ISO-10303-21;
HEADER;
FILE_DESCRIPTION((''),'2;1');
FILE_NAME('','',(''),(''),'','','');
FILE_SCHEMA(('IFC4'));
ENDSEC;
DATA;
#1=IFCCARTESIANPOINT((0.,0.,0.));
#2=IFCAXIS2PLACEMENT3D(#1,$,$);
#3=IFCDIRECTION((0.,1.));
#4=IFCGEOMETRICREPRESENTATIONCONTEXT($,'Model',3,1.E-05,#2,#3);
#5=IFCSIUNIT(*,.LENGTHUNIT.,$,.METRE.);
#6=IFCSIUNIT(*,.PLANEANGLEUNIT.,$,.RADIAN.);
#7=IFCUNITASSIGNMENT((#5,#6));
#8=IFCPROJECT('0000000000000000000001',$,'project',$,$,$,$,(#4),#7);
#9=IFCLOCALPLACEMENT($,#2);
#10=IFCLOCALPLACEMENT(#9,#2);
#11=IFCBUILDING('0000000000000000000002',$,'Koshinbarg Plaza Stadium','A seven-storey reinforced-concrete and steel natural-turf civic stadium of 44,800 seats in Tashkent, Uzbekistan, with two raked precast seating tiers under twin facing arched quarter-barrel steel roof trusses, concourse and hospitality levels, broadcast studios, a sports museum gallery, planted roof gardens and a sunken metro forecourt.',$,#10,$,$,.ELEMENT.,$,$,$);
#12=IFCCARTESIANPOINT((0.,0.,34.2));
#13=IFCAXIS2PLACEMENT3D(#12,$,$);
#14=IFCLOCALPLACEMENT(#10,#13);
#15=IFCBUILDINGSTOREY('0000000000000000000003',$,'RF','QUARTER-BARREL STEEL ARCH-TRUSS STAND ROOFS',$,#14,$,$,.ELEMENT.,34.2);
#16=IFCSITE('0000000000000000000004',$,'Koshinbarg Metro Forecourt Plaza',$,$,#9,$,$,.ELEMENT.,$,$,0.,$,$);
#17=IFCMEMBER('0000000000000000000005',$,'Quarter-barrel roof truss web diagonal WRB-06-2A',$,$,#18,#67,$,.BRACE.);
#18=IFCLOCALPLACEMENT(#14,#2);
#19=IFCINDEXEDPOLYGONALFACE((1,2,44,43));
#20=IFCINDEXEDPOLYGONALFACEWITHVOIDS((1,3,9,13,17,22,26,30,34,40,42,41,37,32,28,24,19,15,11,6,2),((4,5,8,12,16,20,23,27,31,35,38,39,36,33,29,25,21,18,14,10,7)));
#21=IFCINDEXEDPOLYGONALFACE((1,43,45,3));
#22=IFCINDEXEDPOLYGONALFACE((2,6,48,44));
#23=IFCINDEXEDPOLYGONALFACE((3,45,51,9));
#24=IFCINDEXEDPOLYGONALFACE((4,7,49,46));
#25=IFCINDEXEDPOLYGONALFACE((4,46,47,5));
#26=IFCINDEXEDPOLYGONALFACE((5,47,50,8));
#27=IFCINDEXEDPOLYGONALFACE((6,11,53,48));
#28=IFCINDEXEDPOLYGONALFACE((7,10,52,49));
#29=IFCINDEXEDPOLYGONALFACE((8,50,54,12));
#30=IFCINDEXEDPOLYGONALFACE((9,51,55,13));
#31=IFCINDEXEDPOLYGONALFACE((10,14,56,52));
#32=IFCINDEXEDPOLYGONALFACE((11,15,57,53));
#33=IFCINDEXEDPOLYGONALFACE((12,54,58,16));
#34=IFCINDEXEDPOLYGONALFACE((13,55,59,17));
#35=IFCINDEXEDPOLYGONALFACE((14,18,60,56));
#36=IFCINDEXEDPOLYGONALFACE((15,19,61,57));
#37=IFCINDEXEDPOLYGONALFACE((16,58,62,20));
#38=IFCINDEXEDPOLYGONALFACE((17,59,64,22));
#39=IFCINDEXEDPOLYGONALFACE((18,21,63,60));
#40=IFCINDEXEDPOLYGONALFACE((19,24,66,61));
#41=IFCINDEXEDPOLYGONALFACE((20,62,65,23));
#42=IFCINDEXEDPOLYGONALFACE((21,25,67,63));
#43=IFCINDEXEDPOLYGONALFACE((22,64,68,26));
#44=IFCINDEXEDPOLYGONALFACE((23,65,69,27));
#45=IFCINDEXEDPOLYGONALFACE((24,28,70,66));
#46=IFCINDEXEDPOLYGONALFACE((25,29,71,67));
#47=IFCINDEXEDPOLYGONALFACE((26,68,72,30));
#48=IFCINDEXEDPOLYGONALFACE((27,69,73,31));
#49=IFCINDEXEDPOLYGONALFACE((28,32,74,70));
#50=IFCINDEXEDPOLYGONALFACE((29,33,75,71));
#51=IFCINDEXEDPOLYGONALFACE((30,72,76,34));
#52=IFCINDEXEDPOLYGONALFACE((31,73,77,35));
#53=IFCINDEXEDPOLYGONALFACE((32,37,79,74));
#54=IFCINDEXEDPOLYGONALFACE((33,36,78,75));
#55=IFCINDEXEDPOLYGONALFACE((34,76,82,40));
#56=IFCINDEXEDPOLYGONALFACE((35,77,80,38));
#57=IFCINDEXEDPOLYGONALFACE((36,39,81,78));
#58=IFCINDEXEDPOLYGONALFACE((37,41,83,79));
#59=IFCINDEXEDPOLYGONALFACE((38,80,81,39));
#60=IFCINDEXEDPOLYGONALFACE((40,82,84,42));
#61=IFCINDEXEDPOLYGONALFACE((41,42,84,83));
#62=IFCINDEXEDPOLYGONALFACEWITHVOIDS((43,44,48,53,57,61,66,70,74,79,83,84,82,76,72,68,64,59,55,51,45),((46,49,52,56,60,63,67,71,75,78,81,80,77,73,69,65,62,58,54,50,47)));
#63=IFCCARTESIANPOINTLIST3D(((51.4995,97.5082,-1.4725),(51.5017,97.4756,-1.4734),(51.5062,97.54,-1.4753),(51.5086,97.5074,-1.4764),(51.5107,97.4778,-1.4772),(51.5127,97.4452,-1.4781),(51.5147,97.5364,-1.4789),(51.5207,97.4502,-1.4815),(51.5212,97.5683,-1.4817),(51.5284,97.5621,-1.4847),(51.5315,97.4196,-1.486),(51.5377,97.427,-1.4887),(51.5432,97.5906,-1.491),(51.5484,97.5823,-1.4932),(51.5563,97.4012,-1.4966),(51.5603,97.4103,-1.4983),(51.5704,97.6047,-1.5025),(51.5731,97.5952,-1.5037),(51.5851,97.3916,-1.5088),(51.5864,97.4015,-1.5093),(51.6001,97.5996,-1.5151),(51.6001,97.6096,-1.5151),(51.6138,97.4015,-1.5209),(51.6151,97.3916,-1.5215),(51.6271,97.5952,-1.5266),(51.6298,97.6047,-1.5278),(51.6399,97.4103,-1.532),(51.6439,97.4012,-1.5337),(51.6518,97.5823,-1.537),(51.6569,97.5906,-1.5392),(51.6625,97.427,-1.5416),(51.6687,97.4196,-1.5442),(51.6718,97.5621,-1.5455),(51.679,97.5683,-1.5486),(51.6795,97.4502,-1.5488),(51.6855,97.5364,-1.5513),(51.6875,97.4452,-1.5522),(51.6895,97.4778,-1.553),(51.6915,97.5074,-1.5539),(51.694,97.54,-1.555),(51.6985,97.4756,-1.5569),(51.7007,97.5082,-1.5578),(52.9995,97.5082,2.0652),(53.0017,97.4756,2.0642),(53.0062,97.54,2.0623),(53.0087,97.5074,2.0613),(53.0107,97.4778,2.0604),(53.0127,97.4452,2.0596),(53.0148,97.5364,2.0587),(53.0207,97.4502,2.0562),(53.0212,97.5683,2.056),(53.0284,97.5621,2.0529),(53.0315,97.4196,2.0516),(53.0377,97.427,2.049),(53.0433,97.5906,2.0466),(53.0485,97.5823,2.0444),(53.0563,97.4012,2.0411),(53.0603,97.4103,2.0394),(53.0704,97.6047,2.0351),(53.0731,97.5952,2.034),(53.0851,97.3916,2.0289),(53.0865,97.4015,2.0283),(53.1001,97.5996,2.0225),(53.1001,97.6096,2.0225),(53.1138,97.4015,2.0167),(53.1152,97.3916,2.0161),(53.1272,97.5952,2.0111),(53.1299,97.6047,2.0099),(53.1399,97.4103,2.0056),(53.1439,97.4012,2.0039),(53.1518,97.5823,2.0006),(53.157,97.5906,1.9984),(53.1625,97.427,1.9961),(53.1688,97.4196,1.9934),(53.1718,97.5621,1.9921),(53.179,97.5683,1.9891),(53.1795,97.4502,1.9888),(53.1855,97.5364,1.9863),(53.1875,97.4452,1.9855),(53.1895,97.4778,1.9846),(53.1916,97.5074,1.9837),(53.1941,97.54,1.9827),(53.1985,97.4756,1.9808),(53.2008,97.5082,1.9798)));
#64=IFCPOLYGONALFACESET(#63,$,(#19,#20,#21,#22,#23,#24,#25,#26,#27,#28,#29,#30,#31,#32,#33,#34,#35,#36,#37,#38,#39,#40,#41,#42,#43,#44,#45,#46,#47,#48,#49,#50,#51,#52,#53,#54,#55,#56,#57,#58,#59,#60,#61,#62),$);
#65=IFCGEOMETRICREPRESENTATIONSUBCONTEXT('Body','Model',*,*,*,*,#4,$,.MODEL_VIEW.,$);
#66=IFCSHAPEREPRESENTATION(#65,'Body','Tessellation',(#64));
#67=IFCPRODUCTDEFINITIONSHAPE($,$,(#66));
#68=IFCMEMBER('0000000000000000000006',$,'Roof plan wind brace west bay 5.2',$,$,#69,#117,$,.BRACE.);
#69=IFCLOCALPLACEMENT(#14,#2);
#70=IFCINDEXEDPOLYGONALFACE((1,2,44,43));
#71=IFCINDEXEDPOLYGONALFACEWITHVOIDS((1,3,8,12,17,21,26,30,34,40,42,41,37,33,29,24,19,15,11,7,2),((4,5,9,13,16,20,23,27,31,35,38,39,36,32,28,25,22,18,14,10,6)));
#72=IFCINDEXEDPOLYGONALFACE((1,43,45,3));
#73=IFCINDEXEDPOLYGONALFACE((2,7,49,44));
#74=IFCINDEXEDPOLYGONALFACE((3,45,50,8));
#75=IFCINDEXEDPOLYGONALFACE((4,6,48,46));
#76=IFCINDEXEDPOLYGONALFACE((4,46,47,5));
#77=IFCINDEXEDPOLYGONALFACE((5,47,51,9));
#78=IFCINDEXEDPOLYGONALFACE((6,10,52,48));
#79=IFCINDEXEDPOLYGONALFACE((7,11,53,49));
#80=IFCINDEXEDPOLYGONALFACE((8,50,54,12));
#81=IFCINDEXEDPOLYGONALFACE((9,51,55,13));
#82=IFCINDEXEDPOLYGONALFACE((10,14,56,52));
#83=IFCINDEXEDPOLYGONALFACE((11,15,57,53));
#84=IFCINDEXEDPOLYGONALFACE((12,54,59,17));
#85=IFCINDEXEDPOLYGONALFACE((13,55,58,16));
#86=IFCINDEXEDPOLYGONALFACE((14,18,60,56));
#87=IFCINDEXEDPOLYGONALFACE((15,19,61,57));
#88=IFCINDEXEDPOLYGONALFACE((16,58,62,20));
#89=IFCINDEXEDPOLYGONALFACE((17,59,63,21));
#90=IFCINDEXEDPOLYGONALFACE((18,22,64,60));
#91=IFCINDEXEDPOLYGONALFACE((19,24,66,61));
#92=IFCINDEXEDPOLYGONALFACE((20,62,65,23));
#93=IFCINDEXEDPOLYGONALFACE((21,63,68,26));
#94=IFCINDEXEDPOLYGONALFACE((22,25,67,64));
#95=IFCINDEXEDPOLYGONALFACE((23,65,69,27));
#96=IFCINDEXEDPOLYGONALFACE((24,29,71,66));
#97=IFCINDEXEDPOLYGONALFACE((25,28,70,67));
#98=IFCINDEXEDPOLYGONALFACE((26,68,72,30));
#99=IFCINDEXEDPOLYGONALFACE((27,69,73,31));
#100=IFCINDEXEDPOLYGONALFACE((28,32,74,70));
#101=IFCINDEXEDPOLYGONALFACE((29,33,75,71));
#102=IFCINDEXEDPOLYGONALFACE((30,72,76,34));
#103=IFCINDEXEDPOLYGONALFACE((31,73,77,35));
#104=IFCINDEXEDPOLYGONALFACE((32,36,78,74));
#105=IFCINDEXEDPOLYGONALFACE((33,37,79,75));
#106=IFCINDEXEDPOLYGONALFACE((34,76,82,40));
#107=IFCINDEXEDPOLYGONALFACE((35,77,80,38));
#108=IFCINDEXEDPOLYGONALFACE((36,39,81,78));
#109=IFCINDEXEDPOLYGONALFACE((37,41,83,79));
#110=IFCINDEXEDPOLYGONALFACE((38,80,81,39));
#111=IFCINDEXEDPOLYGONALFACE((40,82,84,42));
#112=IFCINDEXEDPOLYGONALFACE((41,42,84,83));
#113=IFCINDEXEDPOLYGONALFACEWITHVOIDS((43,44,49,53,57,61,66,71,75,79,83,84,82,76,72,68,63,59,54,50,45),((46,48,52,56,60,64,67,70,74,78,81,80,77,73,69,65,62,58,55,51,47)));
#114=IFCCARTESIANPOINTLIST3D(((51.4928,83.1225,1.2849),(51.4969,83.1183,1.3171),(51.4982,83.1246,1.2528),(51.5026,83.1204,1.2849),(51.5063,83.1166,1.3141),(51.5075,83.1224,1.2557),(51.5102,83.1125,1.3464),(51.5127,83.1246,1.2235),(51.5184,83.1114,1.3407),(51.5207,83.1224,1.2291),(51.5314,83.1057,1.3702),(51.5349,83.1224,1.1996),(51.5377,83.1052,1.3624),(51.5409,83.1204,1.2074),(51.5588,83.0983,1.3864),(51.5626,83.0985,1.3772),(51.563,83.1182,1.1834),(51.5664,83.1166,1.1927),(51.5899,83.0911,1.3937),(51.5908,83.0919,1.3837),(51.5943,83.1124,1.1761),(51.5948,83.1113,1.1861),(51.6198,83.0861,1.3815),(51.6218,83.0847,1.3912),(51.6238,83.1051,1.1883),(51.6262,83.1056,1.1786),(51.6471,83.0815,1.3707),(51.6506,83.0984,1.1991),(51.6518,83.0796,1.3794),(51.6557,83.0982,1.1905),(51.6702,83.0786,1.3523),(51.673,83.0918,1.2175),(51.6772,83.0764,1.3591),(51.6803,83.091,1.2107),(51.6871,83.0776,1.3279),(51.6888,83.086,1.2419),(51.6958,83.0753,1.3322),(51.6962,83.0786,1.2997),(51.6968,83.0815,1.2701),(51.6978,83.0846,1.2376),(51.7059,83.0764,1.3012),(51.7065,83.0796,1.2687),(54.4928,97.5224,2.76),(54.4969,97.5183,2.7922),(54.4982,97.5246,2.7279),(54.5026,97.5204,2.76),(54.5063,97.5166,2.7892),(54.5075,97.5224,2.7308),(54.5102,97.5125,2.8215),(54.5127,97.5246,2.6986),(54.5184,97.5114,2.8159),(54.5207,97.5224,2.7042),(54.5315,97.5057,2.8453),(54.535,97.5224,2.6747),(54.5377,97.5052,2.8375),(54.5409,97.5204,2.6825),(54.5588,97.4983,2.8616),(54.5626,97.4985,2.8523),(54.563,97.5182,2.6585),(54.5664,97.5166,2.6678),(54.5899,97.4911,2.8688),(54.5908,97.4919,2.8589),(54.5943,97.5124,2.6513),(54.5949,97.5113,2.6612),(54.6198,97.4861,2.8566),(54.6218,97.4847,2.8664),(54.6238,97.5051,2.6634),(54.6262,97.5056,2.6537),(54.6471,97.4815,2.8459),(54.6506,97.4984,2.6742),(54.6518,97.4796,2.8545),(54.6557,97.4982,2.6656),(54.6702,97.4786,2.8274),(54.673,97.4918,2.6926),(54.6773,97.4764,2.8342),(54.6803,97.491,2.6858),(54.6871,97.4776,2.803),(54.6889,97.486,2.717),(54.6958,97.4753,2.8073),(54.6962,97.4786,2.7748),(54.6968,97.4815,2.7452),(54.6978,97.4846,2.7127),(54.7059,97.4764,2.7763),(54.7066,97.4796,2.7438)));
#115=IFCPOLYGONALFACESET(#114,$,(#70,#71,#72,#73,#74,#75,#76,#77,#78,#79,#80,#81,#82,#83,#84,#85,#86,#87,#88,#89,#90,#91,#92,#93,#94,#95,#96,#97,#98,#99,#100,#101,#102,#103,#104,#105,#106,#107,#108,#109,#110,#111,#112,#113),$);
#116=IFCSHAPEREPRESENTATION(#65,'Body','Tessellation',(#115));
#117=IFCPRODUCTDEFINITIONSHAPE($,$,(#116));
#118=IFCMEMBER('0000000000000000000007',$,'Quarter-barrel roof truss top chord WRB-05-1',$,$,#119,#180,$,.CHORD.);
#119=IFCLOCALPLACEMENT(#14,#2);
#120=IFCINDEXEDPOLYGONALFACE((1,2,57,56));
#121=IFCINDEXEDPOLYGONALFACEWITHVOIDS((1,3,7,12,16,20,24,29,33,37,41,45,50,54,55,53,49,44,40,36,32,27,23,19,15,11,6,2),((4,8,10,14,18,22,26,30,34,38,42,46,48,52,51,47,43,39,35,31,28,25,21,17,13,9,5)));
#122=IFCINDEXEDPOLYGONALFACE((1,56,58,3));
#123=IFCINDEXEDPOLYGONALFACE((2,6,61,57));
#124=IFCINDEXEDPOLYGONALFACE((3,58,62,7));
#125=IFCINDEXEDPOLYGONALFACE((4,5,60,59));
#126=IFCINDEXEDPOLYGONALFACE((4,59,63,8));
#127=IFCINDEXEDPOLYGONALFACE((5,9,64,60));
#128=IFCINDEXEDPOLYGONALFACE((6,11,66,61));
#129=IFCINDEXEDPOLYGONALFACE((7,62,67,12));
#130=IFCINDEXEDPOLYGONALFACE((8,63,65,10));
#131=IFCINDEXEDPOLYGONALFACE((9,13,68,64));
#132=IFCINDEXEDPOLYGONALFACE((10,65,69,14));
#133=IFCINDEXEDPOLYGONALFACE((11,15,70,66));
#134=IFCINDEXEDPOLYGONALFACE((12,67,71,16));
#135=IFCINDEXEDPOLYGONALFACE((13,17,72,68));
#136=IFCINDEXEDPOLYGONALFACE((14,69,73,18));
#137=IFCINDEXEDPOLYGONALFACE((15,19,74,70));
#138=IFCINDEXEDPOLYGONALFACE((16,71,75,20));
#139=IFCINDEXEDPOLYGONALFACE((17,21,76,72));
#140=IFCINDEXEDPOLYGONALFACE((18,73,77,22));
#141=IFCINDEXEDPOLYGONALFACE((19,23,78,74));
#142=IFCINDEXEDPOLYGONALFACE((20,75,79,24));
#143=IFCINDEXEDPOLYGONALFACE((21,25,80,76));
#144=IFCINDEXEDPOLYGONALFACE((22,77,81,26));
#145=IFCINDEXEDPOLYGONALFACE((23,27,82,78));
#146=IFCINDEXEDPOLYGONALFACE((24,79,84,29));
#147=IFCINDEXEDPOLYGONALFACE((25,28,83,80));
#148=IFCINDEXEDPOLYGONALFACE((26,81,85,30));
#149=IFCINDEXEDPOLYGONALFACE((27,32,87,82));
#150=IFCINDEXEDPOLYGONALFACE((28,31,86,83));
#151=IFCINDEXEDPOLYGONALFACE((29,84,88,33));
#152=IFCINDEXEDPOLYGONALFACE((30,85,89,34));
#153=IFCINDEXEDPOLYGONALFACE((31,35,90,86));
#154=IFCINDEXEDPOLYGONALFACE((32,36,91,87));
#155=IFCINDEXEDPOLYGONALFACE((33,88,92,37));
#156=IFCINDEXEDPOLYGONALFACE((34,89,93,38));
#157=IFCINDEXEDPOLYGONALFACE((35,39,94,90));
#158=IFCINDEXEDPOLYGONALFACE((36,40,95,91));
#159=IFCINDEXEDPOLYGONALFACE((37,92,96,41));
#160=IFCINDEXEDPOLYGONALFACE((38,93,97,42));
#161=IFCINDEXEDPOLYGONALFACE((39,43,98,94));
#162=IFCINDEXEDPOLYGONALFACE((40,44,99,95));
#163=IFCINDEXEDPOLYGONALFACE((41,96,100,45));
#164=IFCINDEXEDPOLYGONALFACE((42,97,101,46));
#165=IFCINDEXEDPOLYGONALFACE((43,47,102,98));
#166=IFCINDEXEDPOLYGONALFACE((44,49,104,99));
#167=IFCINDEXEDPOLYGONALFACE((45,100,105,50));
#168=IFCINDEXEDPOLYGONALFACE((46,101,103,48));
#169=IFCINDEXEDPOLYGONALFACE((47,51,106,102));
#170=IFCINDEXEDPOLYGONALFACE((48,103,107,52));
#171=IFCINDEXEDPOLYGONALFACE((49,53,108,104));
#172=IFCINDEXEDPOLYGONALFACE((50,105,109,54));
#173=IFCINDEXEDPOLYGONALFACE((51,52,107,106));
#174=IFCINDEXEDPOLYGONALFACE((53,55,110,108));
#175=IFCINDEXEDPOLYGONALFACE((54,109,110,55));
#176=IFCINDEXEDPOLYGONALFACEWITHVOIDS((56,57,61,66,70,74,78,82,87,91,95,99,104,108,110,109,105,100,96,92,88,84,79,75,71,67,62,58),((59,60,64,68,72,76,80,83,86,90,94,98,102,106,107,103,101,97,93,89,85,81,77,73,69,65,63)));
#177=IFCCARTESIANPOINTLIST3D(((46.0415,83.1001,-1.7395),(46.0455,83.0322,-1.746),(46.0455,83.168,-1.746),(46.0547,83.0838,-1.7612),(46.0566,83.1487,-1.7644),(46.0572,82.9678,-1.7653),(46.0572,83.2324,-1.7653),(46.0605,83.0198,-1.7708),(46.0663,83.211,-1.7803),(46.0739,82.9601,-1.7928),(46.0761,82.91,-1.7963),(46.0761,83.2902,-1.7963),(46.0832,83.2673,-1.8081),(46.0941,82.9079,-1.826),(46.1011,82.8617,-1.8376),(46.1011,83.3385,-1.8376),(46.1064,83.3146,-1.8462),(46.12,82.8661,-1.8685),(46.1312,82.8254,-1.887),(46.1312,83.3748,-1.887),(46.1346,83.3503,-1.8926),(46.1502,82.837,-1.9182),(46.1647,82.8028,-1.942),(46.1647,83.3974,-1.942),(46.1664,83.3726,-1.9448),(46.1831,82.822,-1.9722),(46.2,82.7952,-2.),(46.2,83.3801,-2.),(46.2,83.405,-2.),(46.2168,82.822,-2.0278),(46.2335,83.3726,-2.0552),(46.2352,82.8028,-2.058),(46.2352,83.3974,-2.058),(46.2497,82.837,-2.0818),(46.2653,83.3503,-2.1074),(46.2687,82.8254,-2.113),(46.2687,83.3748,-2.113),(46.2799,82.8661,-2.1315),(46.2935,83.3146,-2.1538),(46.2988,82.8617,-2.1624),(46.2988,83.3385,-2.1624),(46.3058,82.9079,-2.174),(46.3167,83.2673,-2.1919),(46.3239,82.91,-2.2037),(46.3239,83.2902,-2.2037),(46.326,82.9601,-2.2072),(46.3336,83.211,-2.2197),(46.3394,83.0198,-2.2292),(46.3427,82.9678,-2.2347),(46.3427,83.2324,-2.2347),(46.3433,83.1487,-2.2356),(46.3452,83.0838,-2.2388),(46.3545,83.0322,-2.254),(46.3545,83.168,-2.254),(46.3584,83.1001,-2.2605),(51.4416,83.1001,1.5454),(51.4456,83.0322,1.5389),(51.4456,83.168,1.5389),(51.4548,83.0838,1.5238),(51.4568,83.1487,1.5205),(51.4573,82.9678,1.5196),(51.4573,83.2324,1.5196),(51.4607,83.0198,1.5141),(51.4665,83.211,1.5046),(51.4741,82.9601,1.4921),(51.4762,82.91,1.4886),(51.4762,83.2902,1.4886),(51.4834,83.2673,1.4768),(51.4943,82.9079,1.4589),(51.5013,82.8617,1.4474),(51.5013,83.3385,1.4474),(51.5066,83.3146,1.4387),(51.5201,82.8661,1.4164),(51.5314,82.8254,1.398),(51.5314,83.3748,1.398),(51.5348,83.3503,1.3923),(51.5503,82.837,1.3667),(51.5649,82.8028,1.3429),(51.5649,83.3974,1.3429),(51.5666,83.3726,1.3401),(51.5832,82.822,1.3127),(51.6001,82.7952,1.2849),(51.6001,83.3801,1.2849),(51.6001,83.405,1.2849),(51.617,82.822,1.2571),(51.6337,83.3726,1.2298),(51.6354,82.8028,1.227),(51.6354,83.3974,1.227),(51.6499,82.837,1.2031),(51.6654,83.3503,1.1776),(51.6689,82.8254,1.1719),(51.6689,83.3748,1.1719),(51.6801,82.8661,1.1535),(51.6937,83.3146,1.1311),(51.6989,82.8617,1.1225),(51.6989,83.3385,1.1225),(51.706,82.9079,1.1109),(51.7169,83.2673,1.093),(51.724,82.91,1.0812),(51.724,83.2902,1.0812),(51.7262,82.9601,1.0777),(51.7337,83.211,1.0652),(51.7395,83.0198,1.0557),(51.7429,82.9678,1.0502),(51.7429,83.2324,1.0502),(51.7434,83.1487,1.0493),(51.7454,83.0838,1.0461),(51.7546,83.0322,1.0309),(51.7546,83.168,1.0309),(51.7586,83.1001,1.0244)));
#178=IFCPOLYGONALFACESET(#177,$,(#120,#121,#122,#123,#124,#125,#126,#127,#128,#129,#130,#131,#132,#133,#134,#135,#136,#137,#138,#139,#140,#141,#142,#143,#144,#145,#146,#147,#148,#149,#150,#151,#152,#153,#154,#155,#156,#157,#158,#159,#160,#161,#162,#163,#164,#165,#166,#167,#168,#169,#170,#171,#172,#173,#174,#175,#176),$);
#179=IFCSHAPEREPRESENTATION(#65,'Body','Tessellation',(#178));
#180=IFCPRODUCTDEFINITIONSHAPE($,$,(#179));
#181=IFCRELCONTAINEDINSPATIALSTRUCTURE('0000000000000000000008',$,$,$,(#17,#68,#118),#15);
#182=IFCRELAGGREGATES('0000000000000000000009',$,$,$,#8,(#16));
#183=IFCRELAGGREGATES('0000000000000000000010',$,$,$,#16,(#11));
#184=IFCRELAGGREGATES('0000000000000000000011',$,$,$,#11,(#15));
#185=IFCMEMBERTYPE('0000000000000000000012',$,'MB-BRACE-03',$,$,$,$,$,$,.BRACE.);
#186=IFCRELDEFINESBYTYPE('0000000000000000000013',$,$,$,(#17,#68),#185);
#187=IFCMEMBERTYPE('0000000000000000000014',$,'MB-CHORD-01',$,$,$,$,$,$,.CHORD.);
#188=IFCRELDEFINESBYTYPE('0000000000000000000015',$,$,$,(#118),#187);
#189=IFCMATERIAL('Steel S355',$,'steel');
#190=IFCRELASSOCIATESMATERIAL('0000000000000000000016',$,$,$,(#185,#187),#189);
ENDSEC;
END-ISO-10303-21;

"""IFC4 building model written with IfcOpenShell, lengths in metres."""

from ifc_helpers import new_model, si_unit, direction, frame, origin, origin_2d, place, context, subcontext, project, spatial, hollow_circle, extrude, material, material_profile, profile_set, type_object, element, save


model = new_model("IFC4")

# Units and contexts
model_context = context("Model", 3, precision=1e-05, world=origin(), true_north=direction((0.0, 1.0)))
body_context = subcontext(model_context, "Body", "Model", "MODEL_VIEW")
ifc_project = project(units=[si_unit("LENGTHUNIT", "METRE"), si_unit("PLANEANGLEUNIT", "RADIAN")], contexts=[model_context])

# Site, building, storey
site_placement = place(None, origin())
site = spatial("IfcSite", under=ifc_project, at=site_placement, Name="Koshinbarg Metro Forecourt Plaza", CompositionType="ELEMENT", RefElevation=0.0)
building_placement = place(site_placement, origin())
building = spatial("IfcBuilding", under=site, at=building_placement, Name="Koshinbarg Plaza Stadium", Description="A seven-storey reinforced-concrete and steel natural-turf civic stadium of 44,800 seats in Tashkent, Uzbekistan, with two raked precast seating tiers under twin facing arched quarter-barrel steel roof trusses, concourse and hospitality levels, broadcast studios, a sports museum gallery, planted roof gardens and a sunken metro forecourt.", CompositionType="ELEMENT")
storey_placement = place(building_placement, frame((0.0, 0.0, 34.2)))
storey = spatial("IfcBuildingStorey", under=building, at=storey_placement, Name="RF", Description="QUARTER-BARREL STEEL ARCH-TRUSS STAND ROOFS", CompositionType="ELEMENT", Elevation=34.2)

# Shared definitions
ifc_material_1 = material(Name="Steel S355", Category="steel")

# Members
ifc_material_profile_1 = material_profile(ifc_material_1, hollow_circle(Radius=0.1096, WallThickness=0.01, at=origin_2d()), Name="CHS 219.1x10")
ifc_profile_set_1 = profile_set([ifc_material_profile_1], Name="Steel S355")
member_type_1 = type_object("IfcMemberType", Name="MB-BRACE-03", PredefinedType="BRACE", material=ifc_profile_set_1)
member_1_placement = place(storey_placement, frame((51.6001, 97.5, -1.5151), z_axis=(0.390374, 0.0, 0.920657), x_axis=(0.0, 1.0, 0.0)))
element("IfcMember", 1, at=member_1_placement, inside=storey, type_object=member_type_1, Name="Quarter-barrel roof truss web diagonal WRB-06-2A", PredefinedType="BRACE", context=body_context, shape_type="SweptSolid", body=[
    extrude(hollow_circle(Radius=0.1096, WallThickness=0.01, at=origin_2d()), origin(), (0.0, 0.0, 1.0), 3.8425),
])
member_2_placement = place(storey_placement, frame((51.6001, 83.1001, 1.2849), z_axis=(0.202938, 0.974094, 0.099784), x_axis=(-0.97898, 0.203956, 0.0)))
element("IfcMember", 2, at=member_2_placement, inside=storey, type_object=member_type_1, Name="Roof plan wind brace west bay 5.2", PredefinedType="BRACE", context=body_context, shape_type="SweptSolid", body=[
    extrude(hollow_circle(Radius=0.1096, WallThickness=0.01, at=origin_2d()), origin(), (0.0, 0.0, 1.0), 14.783),
])
ifc_material_profile_2 = material_profile(ifc_material_1, hollow_circle(Radius=0.3049, WallThickness=0.0249, at=origin_2d()), Name="CHS 610x25")
ifc_profile_set_2 = profile_set([ifc_material_profile_2], Name="Steel S355")
member_type_2 = type_object("IfcMemberType", Name="MB-CHORD-01", PredefinedType="CHORD", material=ifc_profile_set_2)
for number, where, z_axis, x_axis, name in (
    (3, (46.2, 83.1001, -2.0), (0.854348, 0.0, 0.519701), (0.0, 1.0, 0.0), "Quarter-barrel roof truss top chord WRB-05-1"),
):
    element("IfcMember", number, at=place(storey_placement, frame(where, z_axis=z_axis, x_axis=x_axis)), inside=storey, type_object=member_type_2, Name=name, PredefinedType="CHORD", context=body_context, shape_type="SweptSolid", body=[
        extrude(hollow_circle(Radius=0.3049, WallThickness=0.0249, at=origin_2d()), origin(), (0.0, 0.0, 1.0), 6.3208),
    ])

save(model, "model.ifc")
